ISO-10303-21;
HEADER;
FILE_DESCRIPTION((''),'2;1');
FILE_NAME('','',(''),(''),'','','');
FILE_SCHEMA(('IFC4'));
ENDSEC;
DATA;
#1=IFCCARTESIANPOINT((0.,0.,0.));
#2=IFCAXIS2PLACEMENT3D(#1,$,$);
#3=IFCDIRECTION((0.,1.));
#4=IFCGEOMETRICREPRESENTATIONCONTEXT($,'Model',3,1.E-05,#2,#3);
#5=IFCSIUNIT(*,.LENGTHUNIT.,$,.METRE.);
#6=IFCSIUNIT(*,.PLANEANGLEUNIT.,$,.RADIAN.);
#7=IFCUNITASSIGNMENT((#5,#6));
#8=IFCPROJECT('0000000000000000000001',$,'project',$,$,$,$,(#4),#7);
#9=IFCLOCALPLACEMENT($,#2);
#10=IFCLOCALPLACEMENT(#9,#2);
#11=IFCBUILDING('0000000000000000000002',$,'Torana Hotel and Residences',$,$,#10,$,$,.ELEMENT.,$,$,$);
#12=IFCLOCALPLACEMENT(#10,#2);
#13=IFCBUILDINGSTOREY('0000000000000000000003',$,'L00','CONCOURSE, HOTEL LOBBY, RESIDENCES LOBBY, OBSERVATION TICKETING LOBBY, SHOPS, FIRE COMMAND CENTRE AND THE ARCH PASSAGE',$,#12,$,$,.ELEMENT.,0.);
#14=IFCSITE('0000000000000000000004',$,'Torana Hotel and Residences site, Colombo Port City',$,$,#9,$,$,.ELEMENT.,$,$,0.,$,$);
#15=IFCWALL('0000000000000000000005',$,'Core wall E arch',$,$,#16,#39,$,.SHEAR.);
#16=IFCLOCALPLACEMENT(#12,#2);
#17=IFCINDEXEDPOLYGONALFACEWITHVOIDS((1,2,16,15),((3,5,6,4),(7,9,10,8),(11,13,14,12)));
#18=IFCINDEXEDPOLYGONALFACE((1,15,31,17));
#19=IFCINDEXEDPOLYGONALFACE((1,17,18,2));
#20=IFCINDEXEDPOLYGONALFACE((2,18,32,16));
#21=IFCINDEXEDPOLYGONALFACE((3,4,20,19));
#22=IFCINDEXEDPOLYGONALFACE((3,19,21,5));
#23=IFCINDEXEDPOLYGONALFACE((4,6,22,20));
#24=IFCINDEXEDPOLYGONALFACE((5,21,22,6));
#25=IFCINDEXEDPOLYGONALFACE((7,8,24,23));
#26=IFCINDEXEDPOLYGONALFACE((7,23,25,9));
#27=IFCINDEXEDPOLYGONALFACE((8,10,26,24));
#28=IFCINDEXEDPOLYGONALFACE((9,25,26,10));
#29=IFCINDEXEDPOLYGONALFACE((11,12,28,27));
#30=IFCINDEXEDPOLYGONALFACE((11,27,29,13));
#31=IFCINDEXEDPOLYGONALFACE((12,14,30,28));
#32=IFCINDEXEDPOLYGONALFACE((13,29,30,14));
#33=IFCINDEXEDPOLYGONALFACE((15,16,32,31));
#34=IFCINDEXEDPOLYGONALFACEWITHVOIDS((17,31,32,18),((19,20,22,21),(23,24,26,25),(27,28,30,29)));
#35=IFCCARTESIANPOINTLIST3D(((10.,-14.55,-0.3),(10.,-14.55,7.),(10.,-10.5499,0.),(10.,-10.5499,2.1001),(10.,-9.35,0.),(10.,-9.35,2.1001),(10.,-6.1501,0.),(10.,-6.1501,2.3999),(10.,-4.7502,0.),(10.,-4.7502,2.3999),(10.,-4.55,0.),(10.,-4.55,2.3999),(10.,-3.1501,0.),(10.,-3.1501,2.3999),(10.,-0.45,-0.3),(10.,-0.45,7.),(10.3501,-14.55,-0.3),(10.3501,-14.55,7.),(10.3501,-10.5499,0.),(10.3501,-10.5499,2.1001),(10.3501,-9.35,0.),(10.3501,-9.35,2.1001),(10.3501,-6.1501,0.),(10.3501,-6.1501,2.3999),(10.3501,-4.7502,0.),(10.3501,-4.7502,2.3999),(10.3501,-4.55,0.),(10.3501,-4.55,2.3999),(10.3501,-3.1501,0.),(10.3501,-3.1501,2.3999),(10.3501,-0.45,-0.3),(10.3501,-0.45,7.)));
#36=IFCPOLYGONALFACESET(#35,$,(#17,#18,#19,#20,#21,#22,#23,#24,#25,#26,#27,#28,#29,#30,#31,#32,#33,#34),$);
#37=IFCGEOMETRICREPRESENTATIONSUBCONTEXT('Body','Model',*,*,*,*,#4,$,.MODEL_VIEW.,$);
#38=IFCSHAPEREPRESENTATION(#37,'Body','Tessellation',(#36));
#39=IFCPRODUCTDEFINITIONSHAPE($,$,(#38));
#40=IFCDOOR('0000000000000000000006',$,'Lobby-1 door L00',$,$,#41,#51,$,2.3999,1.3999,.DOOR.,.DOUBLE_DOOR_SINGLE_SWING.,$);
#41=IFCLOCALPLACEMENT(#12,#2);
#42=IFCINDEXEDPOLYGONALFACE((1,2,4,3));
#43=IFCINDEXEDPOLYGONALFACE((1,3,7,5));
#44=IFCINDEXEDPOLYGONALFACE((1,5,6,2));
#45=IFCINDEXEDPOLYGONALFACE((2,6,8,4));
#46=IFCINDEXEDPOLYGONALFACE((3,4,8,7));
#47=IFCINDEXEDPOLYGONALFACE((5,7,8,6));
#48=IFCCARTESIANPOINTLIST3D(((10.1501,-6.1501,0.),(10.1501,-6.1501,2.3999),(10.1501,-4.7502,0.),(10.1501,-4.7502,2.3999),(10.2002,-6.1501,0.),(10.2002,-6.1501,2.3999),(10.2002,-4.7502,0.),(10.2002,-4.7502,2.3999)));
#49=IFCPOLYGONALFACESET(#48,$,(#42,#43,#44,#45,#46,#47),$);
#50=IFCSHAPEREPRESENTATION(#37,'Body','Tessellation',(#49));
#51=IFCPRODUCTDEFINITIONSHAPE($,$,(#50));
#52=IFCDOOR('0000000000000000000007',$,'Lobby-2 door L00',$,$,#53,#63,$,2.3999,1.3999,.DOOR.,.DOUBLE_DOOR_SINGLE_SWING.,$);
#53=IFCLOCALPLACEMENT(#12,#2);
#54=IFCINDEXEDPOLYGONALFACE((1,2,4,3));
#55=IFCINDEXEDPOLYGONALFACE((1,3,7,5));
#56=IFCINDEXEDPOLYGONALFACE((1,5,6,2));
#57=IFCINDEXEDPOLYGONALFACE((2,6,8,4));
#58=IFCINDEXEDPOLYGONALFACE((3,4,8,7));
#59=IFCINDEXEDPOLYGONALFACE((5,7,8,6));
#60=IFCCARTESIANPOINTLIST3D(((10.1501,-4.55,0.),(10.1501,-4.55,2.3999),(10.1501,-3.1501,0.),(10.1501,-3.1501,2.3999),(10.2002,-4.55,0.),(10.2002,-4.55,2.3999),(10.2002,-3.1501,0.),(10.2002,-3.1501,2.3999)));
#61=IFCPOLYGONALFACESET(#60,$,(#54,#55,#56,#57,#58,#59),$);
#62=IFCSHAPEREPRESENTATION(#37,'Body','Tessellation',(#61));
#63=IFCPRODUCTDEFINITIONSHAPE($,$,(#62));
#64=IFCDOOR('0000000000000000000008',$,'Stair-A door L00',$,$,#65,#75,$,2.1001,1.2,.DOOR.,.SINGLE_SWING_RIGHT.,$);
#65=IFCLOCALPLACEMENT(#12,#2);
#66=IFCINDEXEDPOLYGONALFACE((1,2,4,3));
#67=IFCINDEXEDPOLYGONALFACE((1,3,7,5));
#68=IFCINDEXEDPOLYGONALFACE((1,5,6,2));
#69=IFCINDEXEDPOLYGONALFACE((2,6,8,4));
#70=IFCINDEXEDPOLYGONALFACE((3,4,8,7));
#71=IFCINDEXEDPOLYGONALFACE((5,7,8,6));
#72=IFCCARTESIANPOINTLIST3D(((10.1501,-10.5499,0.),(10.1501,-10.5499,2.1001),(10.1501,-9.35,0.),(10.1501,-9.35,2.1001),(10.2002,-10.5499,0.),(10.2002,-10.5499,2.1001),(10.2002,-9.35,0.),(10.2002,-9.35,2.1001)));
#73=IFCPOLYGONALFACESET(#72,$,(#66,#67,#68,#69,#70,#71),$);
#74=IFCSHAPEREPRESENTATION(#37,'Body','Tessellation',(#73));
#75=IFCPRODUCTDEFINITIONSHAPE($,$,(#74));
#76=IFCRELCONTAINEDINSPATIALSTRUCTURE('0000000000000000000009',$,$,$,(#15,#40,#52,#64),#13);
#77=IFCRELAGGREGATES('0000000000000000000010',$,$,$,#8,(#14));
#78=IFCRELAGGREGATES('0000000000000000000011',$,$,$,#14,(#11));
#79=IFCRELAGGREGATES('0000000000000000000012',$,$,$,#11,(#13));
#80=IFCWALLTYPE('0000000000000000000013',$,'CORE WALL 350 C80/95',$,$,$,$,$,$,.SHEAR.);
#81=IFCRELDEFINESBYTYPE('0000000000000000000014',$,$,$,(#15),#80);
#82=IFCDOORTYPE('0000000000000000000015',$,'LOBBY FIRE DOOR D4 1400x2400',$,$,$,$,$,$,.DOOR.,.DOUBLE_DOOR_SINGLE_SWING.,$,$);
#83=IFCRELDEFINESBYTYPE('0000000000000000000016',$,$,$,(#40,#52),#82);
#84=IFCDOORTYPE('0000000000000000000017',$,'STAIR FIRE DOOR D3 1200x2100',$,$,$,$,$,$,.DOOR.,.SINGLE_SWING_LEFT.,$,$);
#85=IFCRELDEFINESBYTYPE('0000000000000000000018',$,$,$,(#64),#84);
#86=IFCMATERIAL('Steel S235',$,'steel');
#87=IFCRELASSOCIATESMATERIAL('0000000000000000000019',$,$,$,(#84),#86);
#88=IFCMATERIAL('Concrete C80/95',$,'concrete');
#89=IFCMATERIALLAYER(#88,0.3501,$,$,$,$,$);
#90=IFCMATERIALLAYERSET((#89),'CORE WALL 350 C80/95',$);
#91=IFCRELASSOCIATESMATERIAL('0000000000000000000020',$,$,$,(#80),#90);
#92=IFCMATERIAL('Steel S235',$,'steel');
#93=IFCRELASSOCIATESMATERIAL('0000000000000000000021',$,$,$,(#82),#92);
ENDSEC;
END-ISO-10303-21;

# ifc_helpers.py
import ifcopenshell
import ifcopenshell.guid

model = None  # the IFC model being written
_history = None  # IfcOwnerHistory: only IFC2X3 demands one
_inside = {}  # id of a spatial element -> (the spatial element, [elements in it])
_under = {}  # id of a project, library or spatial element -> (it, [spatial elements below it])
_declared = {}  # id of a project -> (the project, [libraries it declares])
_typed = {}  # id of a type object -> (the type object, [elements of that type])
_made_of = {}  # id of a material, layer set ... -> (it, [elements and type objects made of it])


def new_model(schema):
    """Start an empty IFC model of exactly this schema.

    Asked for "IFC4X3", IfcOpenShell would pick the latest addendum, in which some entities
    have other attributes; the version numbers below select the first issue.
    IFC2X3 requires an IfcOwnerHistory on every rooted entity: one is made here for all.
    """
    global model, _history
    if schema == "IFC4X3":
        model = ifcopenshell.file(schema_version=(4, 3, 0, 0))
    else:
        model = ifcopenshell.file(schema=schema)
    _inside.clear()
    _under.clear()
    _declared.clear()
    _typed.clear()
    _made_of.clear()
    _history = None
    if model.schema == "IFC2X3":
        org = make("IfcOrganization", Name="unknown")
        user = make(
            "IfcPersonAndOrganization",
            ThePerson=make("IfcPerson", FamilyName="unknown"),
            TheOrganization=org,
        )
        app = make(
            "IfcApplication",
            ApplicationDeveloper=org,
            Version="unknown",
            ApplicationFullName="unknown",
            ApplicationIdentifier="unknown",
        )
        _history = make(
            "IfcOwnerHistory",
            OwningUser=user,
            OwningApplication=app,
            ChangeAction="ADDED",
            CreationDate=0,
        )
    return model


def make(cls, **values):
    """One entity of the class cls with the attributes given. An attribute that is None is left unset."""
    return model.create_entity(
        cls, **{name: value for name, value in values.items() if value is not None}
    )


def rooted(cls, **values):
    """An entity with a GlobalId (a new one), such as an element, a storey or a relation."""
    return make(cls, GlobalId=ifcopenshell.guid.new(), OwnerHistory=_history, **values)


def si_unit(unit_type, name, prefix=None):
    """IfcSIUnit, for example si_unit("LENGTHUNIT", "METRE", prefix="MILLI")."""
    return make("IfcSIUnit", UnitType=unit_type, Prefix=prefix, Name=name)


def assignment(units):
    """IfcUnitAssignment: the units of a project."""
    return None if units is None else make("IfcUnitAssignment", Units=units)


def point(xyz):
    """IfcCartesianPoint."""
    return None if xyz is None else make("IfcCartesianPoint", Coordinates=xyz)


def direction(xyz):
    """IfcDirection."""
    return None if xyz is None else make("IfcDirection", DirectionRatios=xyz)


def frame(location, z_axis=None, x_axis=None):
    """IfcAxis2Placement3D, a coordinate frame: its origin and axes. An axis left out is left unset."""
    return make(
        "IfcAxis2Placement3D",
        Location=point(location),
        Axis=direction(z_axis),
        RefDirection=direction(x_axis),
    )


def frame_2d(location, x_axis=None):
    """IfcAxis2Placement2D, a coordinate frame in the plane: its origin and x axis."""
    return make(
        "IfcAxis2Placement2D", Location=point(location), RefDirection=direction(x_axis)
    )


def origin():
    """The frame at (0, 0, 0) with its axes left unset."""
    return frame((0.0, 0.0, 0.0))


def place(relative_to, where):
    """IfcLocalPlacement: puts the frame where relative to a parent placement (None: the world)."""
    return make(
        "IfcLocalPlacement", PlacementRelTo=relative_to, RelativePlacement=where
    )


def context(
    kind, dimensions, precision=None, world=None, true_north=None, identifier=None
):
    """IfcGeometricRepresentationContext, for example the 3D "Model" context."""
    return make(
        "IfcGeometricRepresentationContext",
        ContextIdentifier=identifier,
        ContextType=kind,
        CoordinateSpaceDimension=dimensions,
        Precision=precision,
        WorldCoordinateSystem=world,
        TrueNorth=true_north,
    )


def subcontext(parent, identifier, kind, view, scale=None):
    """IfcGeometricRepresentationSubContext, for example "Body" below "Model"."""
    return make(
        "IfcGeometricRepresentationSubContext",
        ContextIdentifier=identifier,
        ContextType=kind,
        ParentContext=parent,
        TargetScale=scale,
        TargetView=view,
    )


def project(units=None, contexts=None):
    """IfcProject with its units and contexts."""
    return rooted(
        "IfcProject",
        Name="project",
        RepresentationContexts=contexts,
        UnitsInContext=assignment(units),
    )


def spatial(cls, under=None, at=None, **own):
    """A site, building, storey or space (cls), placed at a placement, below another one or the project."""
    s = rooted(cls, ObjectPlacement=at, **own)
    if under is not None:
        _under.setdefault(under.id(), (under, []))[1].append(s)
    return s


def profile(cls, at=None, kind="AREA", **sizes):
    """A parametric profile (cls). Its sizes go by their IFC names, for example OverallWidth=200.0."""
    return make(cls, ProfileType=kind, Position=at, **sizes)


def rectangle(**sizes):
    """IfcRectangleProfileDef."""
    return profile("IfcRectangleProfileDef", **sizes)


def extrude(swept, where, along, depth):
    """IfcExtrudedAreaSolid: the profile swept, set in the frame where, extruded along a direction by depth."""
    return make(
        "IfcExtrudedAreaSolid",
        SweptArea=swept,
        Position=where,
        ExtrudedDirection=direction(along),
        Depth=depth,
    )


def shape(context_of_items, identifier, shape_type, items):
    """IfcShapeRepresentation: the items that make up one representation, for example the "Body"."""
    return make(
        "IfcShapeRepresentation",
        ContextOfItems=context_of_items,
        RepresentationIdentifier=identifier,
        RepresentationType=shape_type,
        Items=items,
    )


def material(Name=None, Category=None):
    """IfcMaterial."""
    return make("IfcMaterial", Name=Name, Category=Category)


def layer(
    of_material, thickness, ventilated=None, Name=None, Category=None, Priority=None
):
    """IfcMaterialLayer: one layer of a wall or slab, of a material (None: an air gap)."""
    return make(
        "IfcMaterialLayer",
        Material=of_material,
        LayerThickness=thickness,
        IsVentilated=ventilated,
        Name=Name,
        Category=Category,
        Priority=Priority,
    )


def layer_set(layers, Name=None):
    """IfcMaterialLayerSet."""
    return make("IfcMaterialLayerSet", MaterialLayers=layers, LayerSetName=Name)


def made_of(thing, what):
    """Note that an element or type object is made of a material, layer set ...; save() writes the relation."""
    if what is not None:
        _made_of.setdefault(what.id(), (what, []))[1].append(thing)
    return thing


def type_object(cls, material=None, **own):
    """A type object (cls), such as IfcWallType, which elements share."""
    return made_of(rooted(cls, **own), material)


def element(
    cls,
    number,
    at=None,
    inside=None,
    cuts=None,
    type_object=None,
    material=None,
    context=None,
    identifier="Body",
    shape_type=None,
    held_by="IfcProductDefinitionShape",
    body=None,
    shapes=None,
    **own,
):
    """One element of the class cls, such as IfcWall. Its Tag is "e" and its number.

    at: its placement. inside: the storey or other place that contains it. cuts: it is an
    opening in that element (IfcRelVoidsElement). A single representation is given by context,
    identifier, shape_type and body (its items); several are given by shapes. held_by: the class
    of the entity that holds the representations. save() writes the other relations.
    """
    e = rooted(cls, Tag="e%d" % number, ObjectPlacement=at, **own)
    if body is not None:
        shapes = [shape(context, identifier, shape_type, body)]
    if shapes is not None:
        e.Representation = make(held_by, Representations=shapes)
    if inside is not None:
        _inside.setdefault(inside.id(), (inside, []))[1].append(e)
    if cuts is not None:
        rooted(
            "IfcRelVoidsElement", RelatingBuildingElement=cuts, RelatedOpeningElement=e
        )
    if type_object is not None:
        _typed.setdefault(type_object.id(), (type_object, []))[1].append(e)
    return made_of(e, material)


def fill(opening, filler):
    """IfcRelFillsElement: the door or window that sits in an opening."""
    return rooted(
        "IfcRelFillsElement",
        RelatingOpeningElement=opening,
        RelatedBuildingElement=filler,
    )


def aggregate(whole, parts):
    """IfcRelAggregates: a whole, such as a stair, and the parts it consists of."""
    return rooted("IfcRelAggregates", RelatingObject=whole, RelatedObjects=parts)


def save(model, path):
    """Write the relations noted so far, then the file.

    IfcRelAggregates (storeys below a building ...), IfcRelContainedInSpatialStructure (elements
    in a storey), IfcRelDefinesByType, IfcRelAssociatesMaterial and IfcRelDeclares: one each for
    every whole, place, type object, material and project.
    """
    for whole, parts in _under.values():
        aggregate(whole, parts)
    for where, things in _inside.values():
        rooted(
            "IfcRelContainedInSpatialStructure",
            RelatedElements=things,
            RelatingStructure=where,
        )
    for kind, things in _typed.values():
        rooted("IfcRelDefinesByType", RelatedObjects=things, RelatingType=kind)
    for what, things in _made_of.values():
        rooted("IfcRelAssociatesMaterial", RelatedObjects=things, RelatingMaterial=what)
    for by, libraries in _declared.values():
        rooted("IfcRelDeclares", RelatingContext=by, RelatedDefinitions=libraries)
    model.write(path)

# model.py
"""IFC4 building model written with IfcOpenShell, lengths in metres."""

from ifc_helpers import new_model, si_unit, direction, frame, frame_2d, origin, place, context, subcontext, project, spatial, rectangle, extrude, material, layer, layer_set, type_object, element, fill, save


model = new_model("IFC4")

# Units and contexts
model_context = context("Model", 3, precision=1e-05, world=origin(), true_north=direction((0.0, 1.0)))
body_context = subcontext(model_context, "Body", "Model", "MODEL_VIEW")
ifc_project = project(units=[si_unit("LENGTHUNIT", "METRE"), si_unit("PLANEANGLEUNIT", "RADIAN")], contexts=[model_context])

# Site, building, storey
site_placement = place(None, origin())
site = spatial("IfcSite", under=ifc_project, at=site_placement, Name="Torana Hotel and Residences site, Colombo Port City", CompositionType="ELEMENT", RefElevation=0.0)
building_placement = place(site_placement, origin())
building = spatial("IfcBuilding", under=site, at=building_placement, Name="Torana Hotel and Residences", CompositionType="ELEMENT")
storey_placement = place(building_placement, origin())
storey = spatial("IfcBuildingStorey", under=building, at=storey_placement, Name="L00", Description="CONCOURSE, HOTEL LOBBY, RESIDENCES LOBBY, OBSERVATION TICKETING LOBBY, SHOPS, FIRE COMMAND CENTRE AND THE ARCH PASSAGE", CompositionType="ELEMENT", Elevation=0.0)

# Shared definitions
ifc_material_1 = material(Name="Steel S235", Category="steel")
door_type_1 = type_object("IfcDoorType", Name="STAIR FIRE DOOR D3 1200x2100", OperationType="SINGLE_SWING_LEFT", PredefinedType="DOOR", material=ifc_material_1)

# Wall, openings, doors
ifc_material_2 = material(Name="Concrete C80/95", Category="concrete")
ifc_layer_1 = layer(ifc_material_2, 0.3501)
ifc_layer_set_1 = layer_set([ifc_layer_1], Name="CORE WALL 350 C80/95")
wall_type_1 = type_object("IfcWallType", Name="CORE WALL 350 C80/95", PredefinedType="SHEAR", material=ifc_layer_set_1)
wall_1_placement = place(storey_placement, frame((10.175, -14.55, -0.3), z_axis=(0.0, 0.0, 1.0), x_axis=(0.0, 1.0, 0.0)))
wall_1 = element("IfcWall", 1, at=wall_1_placement, inside=storey, type_object=wall_type_1, Name="Core wall E arch", PredefinedType="SHEAR", context=body_context, shape_type="SweptSolid", body=[
    extrude(rectangle(XDim=14.1001, YDim=0.3501, at=frame_2d((7.05, 0.0))), origin(), (0.0, 0.0, 1.0), 7.3),
])
opening_1_placement = place(wall_1_placement, frame((8.3999, 0.0, 0.3)))
opening_1 = element("IfcOpeningElement", 2, at=opening_1_placement, cuts=wall_1, PredefinedType="OPENING", context=body_context, shape_type="SweptSolid", body=[
    extrude(rectangle(XDim=1.3999, YDim=2.3999, at=frame_2d((0.7, 1.2))), frame((0.0, 0.1851, 0.0), z_axis=(0.0, -1.0, 0.0), x_axis=(1.0, 0.0, 0.0)), (0.0, 0.0, 1.0), 0.3701),
])
opening_2_placement = place(wall_1_placement, frame((10.0, 0.0, 0.3)))
opening_2 = element("IfcOpeningElement", 3, at=opening_2_placement, cuts=wall_1, PredefinedType="OPENING", context=body_context, shape_type="SweptSolid", body=[
    extrude(rectangle(XDim=1.3999, YDim=2.3999, at=frame_2d((0.7, 1.2))), frame((0.0, 0.1851, 0.0), z_axis=(0.0, -1.0, 0.0), x_axis=(1.0, 0.0, 0.0)), (0.0, 0.0, 1.0), 0.3701),
])
opening_3_placement = place(wall_1_placement, frame((4.0, 0.0, 0.3)))
opening_3 = element("IfcOpeningElement", 4, at=opening_3_placement, cuts=wall_1, PredefinedType="OPENING", context=body_context, shape_type="SweptSolid", body=[
    extrude(rectangle(XDim=1.2, YDim=2.1001, at=frame_2d((0.6001, 1.05))), frame((0.0, 0.1851, 0.0), z_axis=(0.0, -1.0, 0.0), x_axis=(1.0, 0.0, 0.0)), (0.0, 0.0, 1.0), 0.3701),
])
ifc_material_3 = material(Name="Steel S235", Category="steel")
door_type_2 = type_object("IfcDoorType", Name="LOBBY FIRE DOOR D4 1400x2400", OperationType="DOUBLE_DOOR_SINGLE_SWING", PredefinedType="DOOR", material=ifc_material_3)
door_1_placement = place(opening_1_placement, origin())
door_1 = element("IfcDoor", 5, at=door_1_placement, inside=storey, type_object=door_type_2, Name="Lobby-1 door L00", OperationType="DOUBLE_DOOR_SINGLE_SWING", OverallHeight=2.3999, OverallWidth=1.3999, PredefinedType="DOOR", context=body_context, shape_type="SweptSolid", body=[
    extrude(rectangle(XDim=1.3999, YDim=2.3999, at=frame_2d((0.7, 1.2))), frame((0.0, 0.0249, 0.0), z_axis=(0.0, -1.0, 0.0), x_axis=(1.0, 0.0, 0.0)), (0.0, 0.0, 1.0), 0.05),
])
fill(opening_1, door_1)
door_2_placement = place(opening_2_placement, origin())
door_2 = element("IfcDoor", 6, at=door_2_placement, inside=storey, type_object=door_type_2, Name="Lobby-2 door L00", OperationType="DOUBLE_DOOR_SINGLE_SWING", OverallHeight=2.3999, OverallWidth=1.3999, PredefinedType="DOOR", context=body_context, shape_type="SweptSolid", body=[
    extrude(rectangle(XDim=1.3999, YDim=2.3999, at=frame_2d((0.7, 1.2))), frame((0.0, 0.0249, 0.0), z_axis=(0.0, -1.0, 0.0), x_axis=(1.0, 0.0, 0.0)), (0.0, 0.0, 1.0), 0.05),
])
fill(opening_2, door_2)
door_3_placement = place(opening_3_placement, origin())
door_3 = element("IfcDoor", 7, at=door_3_placement, inside=storey, type_object=door_type_1, Name="Stair-A door L00", OperationType="SINGLE_SWING_RIGHT", OverallHeight=2.1001, OverallWidth=1.2, PredefinedType="DOOR", context=body_context, shape_type="SweptSolid", body=[
    extrude(rectangle(XDim=1.2, YDim=2.1001, at=frame_2d((0.6001, 1.05))), frame((0.0, 0.0249, 0.0), z_axis=(0.0, -1.0, 0.0), x_axis=(1.0, 0.0, 0.0)), (0.0, 0.0, 1.0), 0.05),
])
fill(opening_3, door_3)

save(model, "model.ifc")
